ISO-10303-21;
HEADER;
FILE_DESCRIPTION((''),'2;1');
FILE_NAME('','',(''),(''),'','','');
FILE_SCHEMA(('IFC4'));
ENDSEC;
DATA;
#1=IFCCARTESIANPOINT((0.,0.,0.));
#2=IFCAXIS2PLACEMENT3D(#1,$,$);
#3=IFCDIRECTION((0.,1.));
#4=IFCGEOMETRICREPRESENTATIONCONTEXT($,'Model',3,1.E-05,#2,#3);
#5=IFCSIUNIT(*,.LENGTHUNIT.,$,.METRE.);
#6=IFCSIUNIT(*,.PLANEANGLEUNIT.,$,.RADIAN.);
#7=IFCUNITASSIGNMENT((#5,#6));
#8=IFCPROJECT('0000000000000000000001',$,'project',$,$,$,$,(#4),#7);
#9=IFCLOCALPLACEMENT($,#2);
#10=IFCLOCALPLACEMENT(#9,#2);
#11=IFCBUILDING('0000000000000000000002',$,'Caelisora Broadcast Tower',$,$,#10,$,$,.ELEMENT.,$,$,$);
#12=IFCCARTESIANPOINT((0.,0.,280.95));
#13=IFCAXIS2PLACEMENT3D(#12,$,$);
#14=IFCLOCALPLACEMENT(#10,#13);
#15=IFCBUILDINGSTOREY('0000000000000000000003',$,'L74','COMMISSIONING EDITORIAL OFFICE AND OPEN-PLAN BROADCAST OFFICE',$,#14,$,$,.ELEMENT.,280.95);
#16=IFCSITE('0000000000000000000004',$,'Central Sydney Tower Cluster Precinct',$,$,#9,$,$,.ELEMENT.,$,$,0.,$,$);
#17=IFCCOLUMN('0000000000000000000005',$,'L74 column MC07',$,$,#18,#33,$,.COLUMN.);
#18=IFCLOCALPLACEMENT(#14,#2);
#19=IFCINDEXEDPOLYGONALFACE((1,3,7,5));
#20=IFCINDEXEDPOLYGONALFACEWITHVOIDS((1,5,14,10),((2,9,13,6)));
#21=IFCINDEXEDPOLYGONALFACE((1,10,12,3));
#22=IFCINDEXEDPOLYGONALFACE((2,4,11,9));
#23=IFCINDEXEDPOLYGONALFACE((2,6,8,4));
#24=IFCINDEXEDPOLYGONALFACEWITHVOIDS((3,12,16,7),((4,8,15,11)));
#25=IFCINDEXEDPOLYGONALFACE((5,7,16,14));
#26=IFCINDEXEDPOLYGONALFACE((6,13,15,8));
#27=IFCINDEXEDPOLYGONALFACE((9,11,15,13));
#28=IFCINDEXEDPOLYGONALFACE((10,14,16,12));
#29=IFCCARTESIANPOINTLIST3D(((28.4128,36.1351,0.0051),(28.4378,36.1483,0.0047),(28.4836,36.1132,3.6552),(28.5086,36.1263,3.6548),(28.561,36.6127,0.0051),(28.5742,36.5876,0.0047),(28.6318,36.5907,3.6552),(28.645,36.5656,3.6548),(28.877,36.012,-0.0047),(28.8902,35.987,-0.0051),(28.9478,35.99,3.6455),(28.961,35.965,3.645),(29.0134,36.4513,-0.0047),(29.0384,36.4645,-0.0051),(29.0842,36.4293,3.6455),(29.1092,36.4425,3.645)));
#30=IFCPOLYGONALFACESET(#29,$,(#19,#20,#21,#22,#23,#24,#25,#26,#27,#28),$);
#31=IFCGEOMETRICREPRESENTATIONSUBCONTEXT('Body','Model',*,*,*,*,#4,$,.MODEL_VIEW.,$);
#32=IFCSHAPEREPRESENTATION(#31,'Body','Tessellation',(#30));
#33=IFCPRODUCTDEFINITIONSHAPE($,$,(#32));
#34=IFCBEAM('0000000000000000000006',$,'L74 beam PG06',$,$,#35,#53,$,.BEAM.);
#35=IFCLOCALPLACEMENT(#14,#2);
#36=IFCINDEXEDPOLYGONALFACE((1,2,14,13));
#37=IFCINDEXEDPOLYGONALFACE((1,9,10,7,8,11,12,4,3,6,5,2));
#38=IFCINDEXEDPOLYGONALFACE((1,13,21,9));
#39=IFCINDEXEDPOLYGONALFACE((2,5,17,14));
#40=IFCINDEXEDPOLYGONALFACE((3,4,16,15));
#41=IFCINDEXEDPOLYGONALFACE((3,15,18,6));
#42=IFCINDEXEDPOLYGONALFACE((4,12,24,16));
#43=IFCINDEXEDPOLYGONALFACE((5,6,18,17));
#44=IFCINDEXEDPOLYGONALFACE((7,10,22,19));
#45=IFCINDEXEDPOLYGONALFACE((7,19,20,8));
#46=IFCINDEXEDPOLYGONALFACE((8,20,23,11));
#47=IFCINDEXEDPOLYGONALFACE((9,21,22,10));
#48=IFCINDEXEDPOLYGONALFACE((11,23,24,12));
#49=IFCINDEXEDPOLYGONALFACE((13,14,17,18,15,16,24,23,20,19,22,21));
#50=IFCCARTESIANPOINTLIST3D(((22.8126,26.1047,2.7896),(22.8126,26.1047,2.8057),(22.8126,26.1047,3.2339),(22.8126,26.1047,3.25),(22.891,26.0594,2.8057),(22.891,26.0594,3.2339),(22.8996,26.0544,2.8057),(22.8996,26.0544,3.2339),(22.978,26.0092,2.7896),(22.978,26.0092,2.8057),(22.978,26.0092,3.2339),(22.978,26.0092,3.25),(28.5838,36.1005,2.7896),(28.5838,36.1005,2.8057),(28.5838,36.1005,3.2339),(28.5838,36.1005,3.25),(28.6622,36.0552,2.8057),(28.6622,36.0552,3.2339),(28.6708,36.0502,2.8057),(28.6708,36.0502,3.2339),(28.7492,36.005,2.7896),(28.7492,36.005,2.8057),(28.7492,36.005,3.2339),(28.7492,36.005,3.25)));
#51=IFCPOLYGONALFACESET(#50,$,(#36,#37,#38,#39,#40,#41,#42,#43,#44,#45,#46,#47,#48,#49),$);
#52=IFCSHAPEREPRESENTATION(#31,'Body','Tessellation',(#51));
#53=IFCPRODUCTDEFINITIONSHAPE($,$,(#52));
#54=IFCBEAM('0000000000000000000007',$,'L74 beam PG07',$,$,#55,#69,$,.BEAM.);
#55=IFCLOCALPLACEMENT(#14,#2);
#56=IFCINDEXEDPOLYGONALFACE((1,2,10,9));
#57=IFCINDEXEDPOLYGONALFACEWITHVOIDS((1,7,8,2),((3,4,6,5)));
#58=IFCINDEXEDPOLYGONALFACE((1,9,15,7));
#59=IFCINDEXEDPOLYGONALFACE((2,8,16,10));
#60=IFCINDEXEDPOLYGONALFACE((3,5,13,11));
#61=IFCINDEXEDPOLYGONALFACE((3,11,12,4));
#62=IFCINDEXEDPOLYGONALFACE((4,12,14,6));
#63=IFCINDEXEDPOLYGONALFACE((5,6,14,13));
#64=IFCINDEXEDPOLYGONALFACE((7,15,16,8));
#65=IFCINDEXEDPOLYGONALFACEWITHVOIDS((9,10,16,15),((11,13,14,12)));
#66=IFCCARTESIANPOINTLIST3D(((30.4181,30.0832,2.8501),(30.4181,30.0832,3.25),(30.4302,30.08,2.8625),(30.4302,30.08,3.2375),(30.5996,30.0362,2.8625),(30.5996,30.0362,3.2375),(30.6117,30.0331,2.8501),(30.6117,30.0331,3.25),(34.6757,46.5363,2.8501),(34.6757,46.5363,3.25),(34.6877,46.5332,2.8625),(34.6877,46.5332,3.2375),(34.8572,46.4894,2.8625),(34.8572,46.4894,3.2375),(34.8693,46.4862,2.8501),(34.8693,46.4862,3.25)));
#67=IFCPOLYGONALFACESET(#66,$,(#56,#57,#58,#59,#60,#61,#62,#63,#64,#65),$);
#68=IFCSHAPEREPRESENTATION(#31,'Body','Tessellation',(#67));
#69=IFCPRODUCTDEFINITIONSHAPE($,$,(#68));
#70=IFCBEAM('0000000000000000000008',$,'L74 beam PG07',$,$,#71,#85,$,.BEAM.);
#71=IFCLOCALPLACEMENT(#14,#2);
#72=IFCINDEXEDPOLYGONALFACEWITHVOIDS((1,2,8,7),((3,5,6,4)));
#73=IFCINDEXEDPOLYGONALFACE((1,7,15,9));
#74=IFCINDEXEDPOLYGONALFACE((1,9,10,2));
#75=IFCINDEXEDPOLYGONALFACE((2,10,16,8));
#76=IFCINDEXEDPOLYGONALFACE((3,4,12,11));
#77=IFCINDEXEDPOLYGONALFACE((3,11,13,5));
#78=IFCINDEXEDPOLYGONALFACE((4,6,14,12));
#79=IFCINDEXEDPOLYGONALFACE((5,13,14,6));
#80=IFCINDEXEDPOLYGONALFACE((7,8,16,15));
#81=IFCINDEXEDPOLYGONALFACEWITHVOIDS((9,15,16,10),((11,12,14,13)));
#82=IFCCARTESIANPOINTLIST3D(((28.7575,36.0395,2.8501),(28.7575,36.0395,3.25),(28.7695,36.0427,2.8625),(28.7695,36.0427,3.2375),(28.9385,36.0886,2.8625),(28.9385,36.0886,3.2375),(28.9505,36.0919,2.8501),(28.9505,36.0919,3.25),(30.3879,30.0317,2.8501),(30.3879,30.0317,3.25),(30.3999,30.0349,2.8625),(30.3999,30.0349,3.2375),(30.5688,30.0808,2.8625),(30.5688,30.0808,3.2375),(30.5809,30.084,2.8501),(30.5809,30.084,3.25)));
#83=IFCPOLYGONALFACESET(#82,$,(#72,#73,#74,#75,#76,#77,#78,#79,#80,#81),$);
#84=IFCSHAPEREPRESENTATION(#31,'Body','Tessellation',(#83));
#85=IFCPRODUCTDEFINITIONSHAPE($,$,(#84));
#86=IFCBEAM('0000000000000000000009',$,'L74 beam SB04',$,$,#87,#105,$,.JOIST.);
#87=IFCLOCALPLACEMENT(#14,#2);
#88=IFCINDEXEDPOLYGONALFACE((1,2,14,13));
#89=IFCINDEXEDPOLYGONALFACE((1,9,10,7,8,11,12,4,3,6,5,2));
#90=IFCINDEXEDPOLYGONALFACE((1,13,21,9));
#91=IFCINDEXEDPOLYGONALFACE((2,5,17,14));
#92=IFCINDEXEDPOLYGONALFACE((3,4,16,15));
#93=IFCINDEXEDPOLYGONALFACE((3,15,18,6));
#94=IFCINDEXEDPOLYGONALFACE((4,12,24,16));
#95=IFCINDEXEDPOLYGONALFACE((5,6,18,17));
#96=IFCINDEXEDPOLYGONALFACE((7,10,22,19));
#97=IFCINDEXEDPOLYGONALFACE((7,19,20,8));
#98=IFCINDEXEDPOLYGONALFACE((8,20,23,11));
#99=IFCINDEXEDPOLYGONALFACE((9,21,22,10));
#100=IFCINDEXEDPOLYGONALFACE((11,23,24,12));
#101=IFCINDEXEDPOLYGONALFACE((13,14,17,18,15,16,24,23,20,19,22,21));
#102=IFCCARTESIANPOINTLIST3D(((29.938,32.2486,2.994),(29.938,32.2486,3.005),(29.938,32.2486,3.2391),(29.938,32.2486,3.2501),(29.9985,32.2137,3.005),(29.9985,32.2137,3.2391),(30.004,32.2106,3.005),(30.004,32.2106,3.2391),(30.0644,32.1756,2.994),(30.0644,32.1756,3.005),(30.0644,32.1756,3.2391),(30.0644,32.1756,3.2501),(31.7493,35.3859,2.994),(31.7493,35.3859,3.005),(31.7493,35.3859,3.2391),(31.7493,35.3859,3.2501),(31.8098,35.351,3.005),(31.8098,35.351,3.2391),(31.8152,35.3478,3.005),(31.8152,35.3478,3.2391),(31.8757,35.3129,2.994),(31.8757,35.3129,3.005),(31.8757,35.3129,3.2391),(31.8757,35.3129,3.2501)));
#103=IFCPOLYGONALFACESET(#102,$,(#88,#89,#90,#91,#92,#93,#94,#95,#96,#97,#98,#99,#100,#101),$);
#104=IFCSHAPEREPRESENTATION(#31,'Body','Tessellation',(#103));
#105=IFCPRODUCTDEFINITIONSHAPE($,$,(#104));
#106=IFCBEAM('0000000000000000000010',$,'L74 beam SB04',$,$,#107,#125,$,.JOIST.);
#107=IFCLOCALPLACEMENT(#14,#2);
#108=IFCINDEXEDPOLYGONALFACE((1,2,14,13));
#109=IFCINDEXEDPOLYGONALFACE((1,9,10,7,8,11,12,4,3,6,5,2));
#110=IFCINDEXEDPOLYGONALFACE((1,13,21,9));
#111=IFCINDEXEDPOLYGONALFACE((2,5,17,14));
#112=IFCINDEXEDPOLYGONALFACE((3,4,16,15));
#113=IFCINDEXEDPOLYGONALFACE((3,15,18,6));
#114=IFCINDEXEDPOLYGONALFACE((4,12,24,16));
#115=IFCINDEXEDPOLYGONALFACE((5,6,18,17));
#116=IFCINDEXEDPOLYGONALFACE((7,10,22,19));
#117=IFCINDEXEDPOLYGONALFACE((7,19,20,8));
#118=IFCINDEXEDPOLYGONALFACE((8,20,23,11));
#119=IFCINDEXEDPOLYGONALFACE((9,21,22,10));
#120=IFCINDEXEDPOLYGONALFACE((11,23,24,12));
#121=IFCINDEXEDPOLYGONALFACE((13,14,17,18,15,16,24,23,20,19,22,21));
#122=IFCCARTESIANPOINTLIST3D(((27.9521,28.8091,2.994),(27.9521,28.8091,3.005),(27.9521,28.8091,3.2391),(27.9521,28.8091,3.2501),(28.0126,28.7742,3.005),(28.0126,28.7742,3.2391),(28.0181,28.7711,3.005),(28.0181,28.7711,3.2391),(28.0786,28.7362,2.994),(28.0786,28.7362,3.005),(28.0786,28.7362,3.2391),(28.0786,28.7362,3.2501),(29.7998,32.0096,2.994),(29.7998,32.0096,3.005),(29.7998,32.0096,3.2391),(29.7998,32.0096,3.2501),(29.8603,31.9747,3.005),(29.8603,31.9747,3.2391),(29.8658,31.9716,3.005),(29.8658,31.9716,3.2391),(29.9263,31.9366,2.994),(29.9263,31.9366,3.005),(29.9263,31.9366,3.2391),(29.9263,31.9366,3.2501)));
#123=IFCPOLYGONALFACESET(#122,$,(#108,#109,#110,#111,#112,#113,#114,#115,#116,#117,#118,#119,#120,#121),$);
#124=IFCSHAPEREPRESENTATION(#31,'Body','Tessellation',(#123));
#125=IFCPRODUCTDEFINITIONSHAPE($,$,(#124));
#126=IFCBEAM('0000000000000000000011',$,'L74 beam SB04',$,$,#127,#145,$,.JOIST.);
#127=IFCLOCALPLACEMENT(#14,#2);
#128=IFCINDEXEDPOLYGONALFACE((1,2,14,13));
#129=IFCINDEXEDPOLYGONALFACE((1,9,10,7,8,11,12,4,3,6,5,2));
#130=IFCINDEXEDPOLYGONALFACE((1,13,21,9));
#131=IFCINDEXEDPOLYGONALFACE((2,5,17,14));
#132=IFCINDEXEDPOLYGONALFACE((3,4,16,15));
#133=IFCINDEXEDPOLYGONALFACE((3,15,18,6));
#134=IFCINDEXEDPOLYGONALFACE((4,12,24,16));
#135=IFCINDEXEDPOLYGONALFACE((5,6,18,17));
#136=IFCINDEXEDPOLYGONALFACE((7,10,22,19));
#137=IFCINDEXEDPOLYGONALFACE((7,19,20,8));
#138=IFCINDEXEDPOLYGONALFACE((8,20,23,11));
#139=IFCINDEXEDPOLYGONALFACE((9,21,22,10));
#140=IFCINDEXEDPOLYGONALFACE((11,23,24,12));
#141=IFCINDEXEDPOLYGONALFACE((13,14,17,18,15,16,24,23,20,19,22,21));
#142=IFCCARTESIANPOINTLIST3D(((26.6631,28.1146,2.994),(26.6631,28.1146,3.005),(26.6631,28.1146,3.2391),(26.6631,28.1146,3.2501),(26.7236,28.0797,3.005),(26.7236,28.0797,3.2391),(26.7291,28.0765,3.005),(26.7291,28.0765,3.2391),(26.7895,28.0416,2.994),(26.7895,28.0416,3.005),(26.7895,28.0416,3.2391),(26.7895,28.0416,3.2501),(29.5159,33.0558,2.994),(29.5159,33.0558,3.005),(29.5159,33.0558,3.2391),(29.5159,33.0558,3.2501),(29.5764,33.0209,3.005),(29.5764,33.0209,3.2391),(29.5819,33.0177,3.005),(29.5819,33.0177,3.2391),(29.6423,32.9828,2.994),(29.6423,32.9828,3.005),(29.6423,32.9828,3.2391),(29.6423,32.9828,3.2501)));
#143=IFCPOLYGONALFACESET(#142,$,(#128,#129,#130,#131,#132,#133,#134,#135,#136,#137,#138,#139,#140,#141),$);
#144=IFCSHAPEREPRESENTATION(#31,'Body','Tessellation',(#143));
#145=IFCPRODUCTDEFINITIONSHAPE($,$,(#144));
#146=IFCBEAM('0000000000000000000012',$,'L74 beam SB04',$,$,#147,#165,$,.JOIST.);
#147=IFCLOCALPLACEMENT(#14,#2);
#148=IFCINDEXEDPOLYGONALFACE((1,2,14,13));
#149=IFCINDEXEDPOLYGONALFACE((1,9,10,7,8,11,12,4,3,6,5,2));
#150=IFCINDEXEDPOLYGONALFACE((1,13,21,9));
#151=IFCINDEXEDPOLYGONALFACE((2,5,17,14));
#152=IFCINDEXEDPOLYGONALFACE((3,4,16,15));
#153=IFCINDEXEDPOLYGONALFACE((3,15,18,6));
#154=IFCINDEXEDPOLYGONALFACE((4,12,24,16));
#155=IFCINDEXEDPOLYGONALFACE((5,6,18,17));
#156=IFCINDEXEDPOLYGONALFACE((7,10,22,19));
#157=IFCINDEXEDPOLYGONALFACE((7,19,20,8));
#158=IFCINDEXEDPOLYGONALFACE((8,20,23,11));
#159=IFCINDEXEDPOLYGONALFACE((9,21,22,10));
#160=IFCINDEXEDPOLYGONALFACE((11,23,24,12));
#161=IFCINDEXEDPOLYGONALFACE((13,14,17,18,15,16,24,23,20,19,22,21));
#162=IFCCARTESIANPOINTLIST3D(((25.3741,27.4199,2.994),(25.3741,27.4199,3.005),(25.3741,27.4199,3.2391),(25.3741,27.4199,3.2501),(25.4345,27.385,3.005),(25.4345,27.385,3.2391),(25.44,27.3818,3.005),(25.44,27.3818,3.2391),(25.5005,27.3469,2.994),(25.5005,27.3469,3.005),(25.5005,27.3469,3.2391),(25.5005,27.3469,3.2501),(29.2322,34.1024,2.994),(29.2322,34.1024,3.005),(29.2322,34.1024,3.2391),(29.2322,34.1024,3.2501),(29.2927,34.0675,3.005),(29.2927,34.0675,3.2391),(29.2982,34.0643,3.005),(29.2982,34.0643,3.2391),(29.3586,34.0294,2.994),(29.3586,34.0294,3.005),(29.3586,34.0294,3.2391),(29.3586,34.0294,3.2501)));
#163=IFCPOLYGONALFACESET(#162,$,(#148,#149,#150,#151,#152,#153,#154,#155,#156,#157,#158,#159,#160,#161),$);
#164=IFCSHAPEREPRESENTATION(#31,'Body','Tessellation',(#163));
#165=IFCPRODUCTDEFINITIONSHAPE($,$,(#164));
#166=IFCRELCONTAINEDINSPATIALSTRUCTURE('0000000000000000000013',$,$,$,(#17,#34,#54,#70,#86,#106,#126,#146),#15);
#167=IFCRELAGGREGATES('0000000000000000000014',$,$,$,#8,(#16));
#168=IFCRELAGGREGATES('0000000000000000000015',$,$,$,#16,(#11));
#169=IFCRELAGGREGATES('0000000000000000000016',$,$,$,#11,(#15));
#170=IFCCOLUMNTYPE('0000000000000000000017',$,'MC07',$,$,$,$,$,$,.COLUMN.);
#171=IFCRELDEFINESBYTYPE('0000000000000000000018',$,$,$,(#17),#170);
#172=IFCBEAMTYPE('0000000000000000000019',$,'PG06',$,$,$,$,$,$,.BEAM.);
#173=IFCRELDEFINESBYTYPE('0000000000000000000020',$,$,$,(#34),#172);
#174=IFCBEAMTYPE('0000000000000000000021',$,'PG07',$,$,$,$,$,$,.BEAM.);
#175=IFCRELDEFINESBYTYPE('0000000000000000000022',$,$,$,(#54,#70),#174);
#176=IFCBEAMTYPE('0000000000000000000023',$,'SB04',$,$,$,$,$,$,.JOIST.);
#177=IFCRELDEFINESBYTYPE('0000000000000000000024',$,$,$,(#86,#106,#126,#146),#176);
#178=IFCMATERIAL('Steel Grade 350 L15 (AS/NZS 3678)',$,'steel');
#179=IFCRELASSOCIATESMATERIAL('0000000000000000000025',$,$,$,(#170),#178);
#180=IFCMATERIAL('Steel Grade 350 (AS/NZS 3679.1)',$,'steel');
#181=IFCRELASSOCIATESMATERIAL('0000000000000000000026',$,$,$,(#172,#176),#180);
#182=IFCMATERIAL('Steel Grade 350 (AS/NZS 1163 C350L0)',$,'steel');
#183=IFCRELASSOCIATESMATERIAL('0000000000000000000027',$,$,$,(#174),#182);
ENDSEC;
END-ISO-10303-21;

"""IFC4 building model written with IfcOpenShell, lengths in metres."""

from ifc_helpers import new_model, si_unit, direction, frame, origin, origin_2d, place, context, subcontext, project, spatial, hollow_rectangle, i_section, extrude, source, transform, mapped, material, material_profile, profile_set, type_object, type_shapes, element, save


model = new_model("IFC4")

# Units and contexts
model_context = context("Model", 3, precision=1e-05, world=origin(), true_north=direction((0.0, 1.0)))
body_context = subcontext(model_context, "Body", "Model", "MODEL_VIEW")
ifc_project = project(units=[si_unit("LENGTHUNIT", "METRE"), si_unit("PLANEANGLEUNIT", "RADIAN")], contexts=[model_context])

# Site, building, storey
site_placement = place(None, origin())
site = spatial("IfcSite", under=ifc_project, at=site_placement, Name="Central Sydney Tower Cluster Precinct", CompositionType="ELEMENT", RefElevation=0.0)
building_placement = place(site_placement, origin())
building = spatial("IfcBuilding", under=site, at=building_placement, Name="Caelisora Broadcast Tower", CompositionType="ELEMENT")
storey_placement = place(building_placement, frame((0.0, 0.0, 280.95)))
storey = spatial("IfcBuildingStorey", under=building, at=storey_placement, Name="L74", Description="COMMISSIONING EDITORIAL OFFICE AND OPEN-PLAN BROADCAST OFFICE", CompositionType="ELEMENT", Elevation=280.95)

# Column
ifc_material_1 = material(Name="Steel Grade 350 L15 (AS/NZS 3678)", Category="steel")
ifc_material_profile_1 = material_profile(ifc_material_1, hollow_rectangle(XDim=0.5, YDim=0.5, WallThickness=0.02, at=origin_2d()), Name="Steel Grade 350 L15 (AS/NZS 3678)")
ifc_profile_set_1 = profile_set([ifc_material_profile_1], Name="Steel Grade 350 L15 (AS/NZS 3678)")
column_type = type_object("IfcColumnType", Name="MC07", PredefinedType="COLUMN", material=ifc_profile_set_1)
shared_shape_1 = source(origin(), body_context, "Body", "SweptSolid", [
    extrude(hollow_rectangle(XDim=0.5, YDim=0.5, WallThickness=0.02, at=origin_2d()), origin(), (0.0, 0.0, 1.0), 3.6509),
])
type_shapes(column_type, [shared_shape_1])
column_placement = place(storey_placement, frame((28.7256, 36.2998, 0.0), z_axis=(0.019393, -0.006018, 0.999794), x_axis=(0.296399, 0.955064, 0.0)))
element("IfcColumn", 1, at=column_placement, inside=storey, type_object=column_type, Name="L74 column MC07", PredefinedType="COLUMN", context=body_context, shape_type="MappedRepresentation", body=[
    mapped(shared_shape_1, transform((0.0, 0.0, 0.0), scale=1.0)),
])

# Beams
ifc_material_2 = material(Name="Steel Grade 350 (AS/NZS 3679.1)", Category="steel")
ifc_material_profile_2 = material_profile(ifc_material_2, i_section(OverallWidth=0.1909, OverallDepth=0.4604, WebThickness=0.01, FlangeThickness=0.0161, at=origin_2d()), Name="Steel Grade 350 (AS/NZS 3679.1)")
ifc_profile_set_2 = profile_set([ifc_material_profile_2], Name="Steel Grade 350 (AS/NZS 3679.1)")
beam_type_1 = type_object("IfcBeamType", Name="PG06", PredefinedType="BEAM", material=ifc_profile_set_2)
shared_shape_2 = source(origin(), body_context, "Body", "SweptSolid", [
    extrude(i_section(OverallWidth=0.1909, OverallDepth=0.4604, WebThickness=0.01, FlangeThickness=0.0161, at=origin_2d()), origin(), (0.0, 0.0, 1.0), 11.5422),
])
type_shapes(beam_type_1, [shared_shape_2])
beam_1_placement = place(storey_placement, frame((28.6665, 36.0527, 3.0198), z_axis=(-0.500009, -0.86602, 0.0), x_axis=(0.86602, -0.500009, 0.0)))
element("IfcBeam", 2, at=beam_1_placement, inside=storey, type_object=beam_type_1, Name="L74 beam PG06", PredefinedType="BEAM", context=body_context, shape_type="MappedRepresentation", body=[
    mapped(shared_shape_2, transform((0.0, 0.0, 0.0), scale=1.0)),
])
ifc_material_3 = material(Name="Steel Grade 350 (AS/NZS 1163 C350L0)", Category="steel")
ifc_material_profile_3 = material_profile(ifc_material_3, hollow_rectangle(XDim=0.2, YDim=0.3999, WallThickness=0.0125, at=origin_2d()), Name="Steel Grade 350 (AS/NZS 1163 C350L0)")
ifc_profile_set_3 = profile_set([ifc_material_profile_3], Name="Steel Grade 350 (AS/NZS 1163 C350L0)")
beam_type_2 = type_object("IfcBeamType", Name="PG07", PredefinedType="BEAM", material=ifc_profile_set_3)
shared_shape_3 = source(origin(), body_context, "Body", "SweptSolid", [
    extrude(hollow_rectangle(XDim=0.2, YDim=0.3999, WallThickness=0.0125, at=origin_2d()), origin(), (0.0, 0.0, 1.0), 16.9951),
])
beam_2_placement = place(storey_placement, frame((30.5149, 30.0581, 3.05), z_axis=(0.250518, 0.968112, 0.0), x_axis=(-0.968112, 0.250518, 0.0)))
element("IfcBeam", 3, at=beam_2_placement, inside=storey, type_object=beam_type_2, Name="L74 beam PG07", PredefinedType="BEAM", context=body_context, shape_type="MappedRepresentation", body=[
    mapped(shared_shape_3, transform((0.0, 0.0, 0.0), scale=1.0)),
])
shared_shape_4 = source(origin(), body_context, "Body", "SweptSolid", [
    extrude(hollow_rectangle(XDim=0.2, YDim=0.3999, WallThickness=0.0125, at=origin_2d()), origin(), (0.0, 0.0, 1.0), 6.2251),
])
type_shapes(beam_type_2, [shared_shape_3, shared_shape_4])
beam_3_placement = place(storey_placement, frame((30.4844, 30.0579, 3.05), z_axis=(-0.261903, 0.965094, 0.0), x_axis=(-0.965094, -0.261903, 0.0)))
element("IfcBeam", 4, at=beam_3_placement, inside=storey, type_object=beam_type_2, Name="L74 beam PG07", PredefinedType="BEAM", context=body_context, shape_type="MappedRepresentation", body=[
    mapped(shared_shape_4, transform((0.0, 0.0, 0.0), scale=1.0)),
])
ifc_material_profile_4 = material_profile(ifc_material_2, i_section(OverallWidth=0.146, OverallDepth=0.2561, WebThickness=0.0063, FlangeThickness=0.011, at=origin_2d()), Name="Steel Grade 350 (AS/NZS 3679.1)")
ifc_profile_set_4 = profile_set([ifc_material_profile_4], Name="Steel Grade 350 (AS/NZS 3679.1)")
beam_type_3 = type_object("IfcBeamType", Name="SB04", PredefinedType="JOIST", material=ifc_profile_set_4)
shared_shape_5 = source(origin(), body_context, "Body", "SweptSolid", [
    extrude(i_section(OverallWidth=0.146, OverallDepth=0.2561, WebThickness=0.0063, FlangeThickness=0.011, at=origin_2d()), origin(), (0.0, 0.0, 1.0), 3.6226),
])
beam_4_placement = place(storey_placement, frame((31.8125, 35.3494, 3.1221), z_axis=(-0.500002, -0.866024, 0.0), x_axis=(0.866024, -0.500002, 0.0)))
element("IfcBeam", 5, at=beam_4_placement, inside=storey, type_object=beam_type_3, Name="L74 beam SB04", PredefinedType="JOIST", context=body_context, shape_type="MappedRepresentation", body=[
    mapped(shared_shape_5, transform((0.0, 0.0, 0.0), scale=1.0)),
])
shared_shape_6 = source(origin(), body_context, "Body", "SweptSolid", [
    extrude(i_section(OverallWidth=0.146, OverallDepth=0.2561, WebThickness=0.0063, FlangeThickness=0.011, at=origin_2d()), origin(), (0.0, 0.0, 1.0), 3.6956),
])
beam_5_placement = place(storey_placement, frame((29.863, 31.9731, 3.1221), z_axis=(-0.499976, -0.866039, 0.0), x_axis=(0.866039, -0.499976, 0.0)))
element("IfcBeam", 6, at=beam_5_placement, inside=storey, type_object=beam_type_3, Name="L74 beam SB04", PredefinedType="JOIST", context=body_context, shape_type="MappedRepresentation", body=[
    mapped(shared_shape_6, transform((0.0, 0.0, 0.0), scale=1.0)),
])
shared_shape_7 = source(origin(), body_context, "Body", "SweptSolid", [
    extrude(i_section(OverallWidth=0.146, OverallDepth=0.2561, WebThickness=0.0063, FlangeThickness=0.011, at=origin_2d()), origin(), (0.0, 0.0, 1.0), 5.7056),
])
beam_6_placement = place(storey_placement, frame((29.5791, 33.0193, 3.1221), z_axis=(-0.5, -0.866025, 0.0), x_axis=(0.866025, -0.5, 0.0)))
element("IfcBeam", 7, at=beam_6_placement, inside=storey, type_object=beam_type_3, Name="L74 beam SB04", PredefinedType="JOIST", context=body_context, shape_type="MappedRepresentation", body=[
    mapped(shared_shape_7, transform((0.0, 0.0, 0.0), scale=1.0)),
])
shared_shape_8 = source(origin(), body_context, "Body", "SweptSolid", [
    extrude(i_section(OverallWidth=0.146, OverallDepth=0.2561, WebThickness=0.0063, FlangeThickness=0.011, at=origin_2d()), origin(), (0.0, 0.0, 1.0), 7.7163),
])
beam_7_placement = place(storey_placement, frame((29.2954, 34.0659, 3.1221), z_axis=(-0.499995, -0.866029, 0.0), x_axis=(0.866029, -0.499995, 0.0)))
element("IfcBeam", 8, at=beam_7_placement, inside=storey, type_object=beam_type_3, Name="L74 beam SB04", PredefinedType="JOIST", context=body_context, shape_type="MappedRepresentation", body=[
    mapped(shared_shape_8, transform((0.0, 0.0, 0.0), scale=1.0)),
])

save(model, "model.ifc")
